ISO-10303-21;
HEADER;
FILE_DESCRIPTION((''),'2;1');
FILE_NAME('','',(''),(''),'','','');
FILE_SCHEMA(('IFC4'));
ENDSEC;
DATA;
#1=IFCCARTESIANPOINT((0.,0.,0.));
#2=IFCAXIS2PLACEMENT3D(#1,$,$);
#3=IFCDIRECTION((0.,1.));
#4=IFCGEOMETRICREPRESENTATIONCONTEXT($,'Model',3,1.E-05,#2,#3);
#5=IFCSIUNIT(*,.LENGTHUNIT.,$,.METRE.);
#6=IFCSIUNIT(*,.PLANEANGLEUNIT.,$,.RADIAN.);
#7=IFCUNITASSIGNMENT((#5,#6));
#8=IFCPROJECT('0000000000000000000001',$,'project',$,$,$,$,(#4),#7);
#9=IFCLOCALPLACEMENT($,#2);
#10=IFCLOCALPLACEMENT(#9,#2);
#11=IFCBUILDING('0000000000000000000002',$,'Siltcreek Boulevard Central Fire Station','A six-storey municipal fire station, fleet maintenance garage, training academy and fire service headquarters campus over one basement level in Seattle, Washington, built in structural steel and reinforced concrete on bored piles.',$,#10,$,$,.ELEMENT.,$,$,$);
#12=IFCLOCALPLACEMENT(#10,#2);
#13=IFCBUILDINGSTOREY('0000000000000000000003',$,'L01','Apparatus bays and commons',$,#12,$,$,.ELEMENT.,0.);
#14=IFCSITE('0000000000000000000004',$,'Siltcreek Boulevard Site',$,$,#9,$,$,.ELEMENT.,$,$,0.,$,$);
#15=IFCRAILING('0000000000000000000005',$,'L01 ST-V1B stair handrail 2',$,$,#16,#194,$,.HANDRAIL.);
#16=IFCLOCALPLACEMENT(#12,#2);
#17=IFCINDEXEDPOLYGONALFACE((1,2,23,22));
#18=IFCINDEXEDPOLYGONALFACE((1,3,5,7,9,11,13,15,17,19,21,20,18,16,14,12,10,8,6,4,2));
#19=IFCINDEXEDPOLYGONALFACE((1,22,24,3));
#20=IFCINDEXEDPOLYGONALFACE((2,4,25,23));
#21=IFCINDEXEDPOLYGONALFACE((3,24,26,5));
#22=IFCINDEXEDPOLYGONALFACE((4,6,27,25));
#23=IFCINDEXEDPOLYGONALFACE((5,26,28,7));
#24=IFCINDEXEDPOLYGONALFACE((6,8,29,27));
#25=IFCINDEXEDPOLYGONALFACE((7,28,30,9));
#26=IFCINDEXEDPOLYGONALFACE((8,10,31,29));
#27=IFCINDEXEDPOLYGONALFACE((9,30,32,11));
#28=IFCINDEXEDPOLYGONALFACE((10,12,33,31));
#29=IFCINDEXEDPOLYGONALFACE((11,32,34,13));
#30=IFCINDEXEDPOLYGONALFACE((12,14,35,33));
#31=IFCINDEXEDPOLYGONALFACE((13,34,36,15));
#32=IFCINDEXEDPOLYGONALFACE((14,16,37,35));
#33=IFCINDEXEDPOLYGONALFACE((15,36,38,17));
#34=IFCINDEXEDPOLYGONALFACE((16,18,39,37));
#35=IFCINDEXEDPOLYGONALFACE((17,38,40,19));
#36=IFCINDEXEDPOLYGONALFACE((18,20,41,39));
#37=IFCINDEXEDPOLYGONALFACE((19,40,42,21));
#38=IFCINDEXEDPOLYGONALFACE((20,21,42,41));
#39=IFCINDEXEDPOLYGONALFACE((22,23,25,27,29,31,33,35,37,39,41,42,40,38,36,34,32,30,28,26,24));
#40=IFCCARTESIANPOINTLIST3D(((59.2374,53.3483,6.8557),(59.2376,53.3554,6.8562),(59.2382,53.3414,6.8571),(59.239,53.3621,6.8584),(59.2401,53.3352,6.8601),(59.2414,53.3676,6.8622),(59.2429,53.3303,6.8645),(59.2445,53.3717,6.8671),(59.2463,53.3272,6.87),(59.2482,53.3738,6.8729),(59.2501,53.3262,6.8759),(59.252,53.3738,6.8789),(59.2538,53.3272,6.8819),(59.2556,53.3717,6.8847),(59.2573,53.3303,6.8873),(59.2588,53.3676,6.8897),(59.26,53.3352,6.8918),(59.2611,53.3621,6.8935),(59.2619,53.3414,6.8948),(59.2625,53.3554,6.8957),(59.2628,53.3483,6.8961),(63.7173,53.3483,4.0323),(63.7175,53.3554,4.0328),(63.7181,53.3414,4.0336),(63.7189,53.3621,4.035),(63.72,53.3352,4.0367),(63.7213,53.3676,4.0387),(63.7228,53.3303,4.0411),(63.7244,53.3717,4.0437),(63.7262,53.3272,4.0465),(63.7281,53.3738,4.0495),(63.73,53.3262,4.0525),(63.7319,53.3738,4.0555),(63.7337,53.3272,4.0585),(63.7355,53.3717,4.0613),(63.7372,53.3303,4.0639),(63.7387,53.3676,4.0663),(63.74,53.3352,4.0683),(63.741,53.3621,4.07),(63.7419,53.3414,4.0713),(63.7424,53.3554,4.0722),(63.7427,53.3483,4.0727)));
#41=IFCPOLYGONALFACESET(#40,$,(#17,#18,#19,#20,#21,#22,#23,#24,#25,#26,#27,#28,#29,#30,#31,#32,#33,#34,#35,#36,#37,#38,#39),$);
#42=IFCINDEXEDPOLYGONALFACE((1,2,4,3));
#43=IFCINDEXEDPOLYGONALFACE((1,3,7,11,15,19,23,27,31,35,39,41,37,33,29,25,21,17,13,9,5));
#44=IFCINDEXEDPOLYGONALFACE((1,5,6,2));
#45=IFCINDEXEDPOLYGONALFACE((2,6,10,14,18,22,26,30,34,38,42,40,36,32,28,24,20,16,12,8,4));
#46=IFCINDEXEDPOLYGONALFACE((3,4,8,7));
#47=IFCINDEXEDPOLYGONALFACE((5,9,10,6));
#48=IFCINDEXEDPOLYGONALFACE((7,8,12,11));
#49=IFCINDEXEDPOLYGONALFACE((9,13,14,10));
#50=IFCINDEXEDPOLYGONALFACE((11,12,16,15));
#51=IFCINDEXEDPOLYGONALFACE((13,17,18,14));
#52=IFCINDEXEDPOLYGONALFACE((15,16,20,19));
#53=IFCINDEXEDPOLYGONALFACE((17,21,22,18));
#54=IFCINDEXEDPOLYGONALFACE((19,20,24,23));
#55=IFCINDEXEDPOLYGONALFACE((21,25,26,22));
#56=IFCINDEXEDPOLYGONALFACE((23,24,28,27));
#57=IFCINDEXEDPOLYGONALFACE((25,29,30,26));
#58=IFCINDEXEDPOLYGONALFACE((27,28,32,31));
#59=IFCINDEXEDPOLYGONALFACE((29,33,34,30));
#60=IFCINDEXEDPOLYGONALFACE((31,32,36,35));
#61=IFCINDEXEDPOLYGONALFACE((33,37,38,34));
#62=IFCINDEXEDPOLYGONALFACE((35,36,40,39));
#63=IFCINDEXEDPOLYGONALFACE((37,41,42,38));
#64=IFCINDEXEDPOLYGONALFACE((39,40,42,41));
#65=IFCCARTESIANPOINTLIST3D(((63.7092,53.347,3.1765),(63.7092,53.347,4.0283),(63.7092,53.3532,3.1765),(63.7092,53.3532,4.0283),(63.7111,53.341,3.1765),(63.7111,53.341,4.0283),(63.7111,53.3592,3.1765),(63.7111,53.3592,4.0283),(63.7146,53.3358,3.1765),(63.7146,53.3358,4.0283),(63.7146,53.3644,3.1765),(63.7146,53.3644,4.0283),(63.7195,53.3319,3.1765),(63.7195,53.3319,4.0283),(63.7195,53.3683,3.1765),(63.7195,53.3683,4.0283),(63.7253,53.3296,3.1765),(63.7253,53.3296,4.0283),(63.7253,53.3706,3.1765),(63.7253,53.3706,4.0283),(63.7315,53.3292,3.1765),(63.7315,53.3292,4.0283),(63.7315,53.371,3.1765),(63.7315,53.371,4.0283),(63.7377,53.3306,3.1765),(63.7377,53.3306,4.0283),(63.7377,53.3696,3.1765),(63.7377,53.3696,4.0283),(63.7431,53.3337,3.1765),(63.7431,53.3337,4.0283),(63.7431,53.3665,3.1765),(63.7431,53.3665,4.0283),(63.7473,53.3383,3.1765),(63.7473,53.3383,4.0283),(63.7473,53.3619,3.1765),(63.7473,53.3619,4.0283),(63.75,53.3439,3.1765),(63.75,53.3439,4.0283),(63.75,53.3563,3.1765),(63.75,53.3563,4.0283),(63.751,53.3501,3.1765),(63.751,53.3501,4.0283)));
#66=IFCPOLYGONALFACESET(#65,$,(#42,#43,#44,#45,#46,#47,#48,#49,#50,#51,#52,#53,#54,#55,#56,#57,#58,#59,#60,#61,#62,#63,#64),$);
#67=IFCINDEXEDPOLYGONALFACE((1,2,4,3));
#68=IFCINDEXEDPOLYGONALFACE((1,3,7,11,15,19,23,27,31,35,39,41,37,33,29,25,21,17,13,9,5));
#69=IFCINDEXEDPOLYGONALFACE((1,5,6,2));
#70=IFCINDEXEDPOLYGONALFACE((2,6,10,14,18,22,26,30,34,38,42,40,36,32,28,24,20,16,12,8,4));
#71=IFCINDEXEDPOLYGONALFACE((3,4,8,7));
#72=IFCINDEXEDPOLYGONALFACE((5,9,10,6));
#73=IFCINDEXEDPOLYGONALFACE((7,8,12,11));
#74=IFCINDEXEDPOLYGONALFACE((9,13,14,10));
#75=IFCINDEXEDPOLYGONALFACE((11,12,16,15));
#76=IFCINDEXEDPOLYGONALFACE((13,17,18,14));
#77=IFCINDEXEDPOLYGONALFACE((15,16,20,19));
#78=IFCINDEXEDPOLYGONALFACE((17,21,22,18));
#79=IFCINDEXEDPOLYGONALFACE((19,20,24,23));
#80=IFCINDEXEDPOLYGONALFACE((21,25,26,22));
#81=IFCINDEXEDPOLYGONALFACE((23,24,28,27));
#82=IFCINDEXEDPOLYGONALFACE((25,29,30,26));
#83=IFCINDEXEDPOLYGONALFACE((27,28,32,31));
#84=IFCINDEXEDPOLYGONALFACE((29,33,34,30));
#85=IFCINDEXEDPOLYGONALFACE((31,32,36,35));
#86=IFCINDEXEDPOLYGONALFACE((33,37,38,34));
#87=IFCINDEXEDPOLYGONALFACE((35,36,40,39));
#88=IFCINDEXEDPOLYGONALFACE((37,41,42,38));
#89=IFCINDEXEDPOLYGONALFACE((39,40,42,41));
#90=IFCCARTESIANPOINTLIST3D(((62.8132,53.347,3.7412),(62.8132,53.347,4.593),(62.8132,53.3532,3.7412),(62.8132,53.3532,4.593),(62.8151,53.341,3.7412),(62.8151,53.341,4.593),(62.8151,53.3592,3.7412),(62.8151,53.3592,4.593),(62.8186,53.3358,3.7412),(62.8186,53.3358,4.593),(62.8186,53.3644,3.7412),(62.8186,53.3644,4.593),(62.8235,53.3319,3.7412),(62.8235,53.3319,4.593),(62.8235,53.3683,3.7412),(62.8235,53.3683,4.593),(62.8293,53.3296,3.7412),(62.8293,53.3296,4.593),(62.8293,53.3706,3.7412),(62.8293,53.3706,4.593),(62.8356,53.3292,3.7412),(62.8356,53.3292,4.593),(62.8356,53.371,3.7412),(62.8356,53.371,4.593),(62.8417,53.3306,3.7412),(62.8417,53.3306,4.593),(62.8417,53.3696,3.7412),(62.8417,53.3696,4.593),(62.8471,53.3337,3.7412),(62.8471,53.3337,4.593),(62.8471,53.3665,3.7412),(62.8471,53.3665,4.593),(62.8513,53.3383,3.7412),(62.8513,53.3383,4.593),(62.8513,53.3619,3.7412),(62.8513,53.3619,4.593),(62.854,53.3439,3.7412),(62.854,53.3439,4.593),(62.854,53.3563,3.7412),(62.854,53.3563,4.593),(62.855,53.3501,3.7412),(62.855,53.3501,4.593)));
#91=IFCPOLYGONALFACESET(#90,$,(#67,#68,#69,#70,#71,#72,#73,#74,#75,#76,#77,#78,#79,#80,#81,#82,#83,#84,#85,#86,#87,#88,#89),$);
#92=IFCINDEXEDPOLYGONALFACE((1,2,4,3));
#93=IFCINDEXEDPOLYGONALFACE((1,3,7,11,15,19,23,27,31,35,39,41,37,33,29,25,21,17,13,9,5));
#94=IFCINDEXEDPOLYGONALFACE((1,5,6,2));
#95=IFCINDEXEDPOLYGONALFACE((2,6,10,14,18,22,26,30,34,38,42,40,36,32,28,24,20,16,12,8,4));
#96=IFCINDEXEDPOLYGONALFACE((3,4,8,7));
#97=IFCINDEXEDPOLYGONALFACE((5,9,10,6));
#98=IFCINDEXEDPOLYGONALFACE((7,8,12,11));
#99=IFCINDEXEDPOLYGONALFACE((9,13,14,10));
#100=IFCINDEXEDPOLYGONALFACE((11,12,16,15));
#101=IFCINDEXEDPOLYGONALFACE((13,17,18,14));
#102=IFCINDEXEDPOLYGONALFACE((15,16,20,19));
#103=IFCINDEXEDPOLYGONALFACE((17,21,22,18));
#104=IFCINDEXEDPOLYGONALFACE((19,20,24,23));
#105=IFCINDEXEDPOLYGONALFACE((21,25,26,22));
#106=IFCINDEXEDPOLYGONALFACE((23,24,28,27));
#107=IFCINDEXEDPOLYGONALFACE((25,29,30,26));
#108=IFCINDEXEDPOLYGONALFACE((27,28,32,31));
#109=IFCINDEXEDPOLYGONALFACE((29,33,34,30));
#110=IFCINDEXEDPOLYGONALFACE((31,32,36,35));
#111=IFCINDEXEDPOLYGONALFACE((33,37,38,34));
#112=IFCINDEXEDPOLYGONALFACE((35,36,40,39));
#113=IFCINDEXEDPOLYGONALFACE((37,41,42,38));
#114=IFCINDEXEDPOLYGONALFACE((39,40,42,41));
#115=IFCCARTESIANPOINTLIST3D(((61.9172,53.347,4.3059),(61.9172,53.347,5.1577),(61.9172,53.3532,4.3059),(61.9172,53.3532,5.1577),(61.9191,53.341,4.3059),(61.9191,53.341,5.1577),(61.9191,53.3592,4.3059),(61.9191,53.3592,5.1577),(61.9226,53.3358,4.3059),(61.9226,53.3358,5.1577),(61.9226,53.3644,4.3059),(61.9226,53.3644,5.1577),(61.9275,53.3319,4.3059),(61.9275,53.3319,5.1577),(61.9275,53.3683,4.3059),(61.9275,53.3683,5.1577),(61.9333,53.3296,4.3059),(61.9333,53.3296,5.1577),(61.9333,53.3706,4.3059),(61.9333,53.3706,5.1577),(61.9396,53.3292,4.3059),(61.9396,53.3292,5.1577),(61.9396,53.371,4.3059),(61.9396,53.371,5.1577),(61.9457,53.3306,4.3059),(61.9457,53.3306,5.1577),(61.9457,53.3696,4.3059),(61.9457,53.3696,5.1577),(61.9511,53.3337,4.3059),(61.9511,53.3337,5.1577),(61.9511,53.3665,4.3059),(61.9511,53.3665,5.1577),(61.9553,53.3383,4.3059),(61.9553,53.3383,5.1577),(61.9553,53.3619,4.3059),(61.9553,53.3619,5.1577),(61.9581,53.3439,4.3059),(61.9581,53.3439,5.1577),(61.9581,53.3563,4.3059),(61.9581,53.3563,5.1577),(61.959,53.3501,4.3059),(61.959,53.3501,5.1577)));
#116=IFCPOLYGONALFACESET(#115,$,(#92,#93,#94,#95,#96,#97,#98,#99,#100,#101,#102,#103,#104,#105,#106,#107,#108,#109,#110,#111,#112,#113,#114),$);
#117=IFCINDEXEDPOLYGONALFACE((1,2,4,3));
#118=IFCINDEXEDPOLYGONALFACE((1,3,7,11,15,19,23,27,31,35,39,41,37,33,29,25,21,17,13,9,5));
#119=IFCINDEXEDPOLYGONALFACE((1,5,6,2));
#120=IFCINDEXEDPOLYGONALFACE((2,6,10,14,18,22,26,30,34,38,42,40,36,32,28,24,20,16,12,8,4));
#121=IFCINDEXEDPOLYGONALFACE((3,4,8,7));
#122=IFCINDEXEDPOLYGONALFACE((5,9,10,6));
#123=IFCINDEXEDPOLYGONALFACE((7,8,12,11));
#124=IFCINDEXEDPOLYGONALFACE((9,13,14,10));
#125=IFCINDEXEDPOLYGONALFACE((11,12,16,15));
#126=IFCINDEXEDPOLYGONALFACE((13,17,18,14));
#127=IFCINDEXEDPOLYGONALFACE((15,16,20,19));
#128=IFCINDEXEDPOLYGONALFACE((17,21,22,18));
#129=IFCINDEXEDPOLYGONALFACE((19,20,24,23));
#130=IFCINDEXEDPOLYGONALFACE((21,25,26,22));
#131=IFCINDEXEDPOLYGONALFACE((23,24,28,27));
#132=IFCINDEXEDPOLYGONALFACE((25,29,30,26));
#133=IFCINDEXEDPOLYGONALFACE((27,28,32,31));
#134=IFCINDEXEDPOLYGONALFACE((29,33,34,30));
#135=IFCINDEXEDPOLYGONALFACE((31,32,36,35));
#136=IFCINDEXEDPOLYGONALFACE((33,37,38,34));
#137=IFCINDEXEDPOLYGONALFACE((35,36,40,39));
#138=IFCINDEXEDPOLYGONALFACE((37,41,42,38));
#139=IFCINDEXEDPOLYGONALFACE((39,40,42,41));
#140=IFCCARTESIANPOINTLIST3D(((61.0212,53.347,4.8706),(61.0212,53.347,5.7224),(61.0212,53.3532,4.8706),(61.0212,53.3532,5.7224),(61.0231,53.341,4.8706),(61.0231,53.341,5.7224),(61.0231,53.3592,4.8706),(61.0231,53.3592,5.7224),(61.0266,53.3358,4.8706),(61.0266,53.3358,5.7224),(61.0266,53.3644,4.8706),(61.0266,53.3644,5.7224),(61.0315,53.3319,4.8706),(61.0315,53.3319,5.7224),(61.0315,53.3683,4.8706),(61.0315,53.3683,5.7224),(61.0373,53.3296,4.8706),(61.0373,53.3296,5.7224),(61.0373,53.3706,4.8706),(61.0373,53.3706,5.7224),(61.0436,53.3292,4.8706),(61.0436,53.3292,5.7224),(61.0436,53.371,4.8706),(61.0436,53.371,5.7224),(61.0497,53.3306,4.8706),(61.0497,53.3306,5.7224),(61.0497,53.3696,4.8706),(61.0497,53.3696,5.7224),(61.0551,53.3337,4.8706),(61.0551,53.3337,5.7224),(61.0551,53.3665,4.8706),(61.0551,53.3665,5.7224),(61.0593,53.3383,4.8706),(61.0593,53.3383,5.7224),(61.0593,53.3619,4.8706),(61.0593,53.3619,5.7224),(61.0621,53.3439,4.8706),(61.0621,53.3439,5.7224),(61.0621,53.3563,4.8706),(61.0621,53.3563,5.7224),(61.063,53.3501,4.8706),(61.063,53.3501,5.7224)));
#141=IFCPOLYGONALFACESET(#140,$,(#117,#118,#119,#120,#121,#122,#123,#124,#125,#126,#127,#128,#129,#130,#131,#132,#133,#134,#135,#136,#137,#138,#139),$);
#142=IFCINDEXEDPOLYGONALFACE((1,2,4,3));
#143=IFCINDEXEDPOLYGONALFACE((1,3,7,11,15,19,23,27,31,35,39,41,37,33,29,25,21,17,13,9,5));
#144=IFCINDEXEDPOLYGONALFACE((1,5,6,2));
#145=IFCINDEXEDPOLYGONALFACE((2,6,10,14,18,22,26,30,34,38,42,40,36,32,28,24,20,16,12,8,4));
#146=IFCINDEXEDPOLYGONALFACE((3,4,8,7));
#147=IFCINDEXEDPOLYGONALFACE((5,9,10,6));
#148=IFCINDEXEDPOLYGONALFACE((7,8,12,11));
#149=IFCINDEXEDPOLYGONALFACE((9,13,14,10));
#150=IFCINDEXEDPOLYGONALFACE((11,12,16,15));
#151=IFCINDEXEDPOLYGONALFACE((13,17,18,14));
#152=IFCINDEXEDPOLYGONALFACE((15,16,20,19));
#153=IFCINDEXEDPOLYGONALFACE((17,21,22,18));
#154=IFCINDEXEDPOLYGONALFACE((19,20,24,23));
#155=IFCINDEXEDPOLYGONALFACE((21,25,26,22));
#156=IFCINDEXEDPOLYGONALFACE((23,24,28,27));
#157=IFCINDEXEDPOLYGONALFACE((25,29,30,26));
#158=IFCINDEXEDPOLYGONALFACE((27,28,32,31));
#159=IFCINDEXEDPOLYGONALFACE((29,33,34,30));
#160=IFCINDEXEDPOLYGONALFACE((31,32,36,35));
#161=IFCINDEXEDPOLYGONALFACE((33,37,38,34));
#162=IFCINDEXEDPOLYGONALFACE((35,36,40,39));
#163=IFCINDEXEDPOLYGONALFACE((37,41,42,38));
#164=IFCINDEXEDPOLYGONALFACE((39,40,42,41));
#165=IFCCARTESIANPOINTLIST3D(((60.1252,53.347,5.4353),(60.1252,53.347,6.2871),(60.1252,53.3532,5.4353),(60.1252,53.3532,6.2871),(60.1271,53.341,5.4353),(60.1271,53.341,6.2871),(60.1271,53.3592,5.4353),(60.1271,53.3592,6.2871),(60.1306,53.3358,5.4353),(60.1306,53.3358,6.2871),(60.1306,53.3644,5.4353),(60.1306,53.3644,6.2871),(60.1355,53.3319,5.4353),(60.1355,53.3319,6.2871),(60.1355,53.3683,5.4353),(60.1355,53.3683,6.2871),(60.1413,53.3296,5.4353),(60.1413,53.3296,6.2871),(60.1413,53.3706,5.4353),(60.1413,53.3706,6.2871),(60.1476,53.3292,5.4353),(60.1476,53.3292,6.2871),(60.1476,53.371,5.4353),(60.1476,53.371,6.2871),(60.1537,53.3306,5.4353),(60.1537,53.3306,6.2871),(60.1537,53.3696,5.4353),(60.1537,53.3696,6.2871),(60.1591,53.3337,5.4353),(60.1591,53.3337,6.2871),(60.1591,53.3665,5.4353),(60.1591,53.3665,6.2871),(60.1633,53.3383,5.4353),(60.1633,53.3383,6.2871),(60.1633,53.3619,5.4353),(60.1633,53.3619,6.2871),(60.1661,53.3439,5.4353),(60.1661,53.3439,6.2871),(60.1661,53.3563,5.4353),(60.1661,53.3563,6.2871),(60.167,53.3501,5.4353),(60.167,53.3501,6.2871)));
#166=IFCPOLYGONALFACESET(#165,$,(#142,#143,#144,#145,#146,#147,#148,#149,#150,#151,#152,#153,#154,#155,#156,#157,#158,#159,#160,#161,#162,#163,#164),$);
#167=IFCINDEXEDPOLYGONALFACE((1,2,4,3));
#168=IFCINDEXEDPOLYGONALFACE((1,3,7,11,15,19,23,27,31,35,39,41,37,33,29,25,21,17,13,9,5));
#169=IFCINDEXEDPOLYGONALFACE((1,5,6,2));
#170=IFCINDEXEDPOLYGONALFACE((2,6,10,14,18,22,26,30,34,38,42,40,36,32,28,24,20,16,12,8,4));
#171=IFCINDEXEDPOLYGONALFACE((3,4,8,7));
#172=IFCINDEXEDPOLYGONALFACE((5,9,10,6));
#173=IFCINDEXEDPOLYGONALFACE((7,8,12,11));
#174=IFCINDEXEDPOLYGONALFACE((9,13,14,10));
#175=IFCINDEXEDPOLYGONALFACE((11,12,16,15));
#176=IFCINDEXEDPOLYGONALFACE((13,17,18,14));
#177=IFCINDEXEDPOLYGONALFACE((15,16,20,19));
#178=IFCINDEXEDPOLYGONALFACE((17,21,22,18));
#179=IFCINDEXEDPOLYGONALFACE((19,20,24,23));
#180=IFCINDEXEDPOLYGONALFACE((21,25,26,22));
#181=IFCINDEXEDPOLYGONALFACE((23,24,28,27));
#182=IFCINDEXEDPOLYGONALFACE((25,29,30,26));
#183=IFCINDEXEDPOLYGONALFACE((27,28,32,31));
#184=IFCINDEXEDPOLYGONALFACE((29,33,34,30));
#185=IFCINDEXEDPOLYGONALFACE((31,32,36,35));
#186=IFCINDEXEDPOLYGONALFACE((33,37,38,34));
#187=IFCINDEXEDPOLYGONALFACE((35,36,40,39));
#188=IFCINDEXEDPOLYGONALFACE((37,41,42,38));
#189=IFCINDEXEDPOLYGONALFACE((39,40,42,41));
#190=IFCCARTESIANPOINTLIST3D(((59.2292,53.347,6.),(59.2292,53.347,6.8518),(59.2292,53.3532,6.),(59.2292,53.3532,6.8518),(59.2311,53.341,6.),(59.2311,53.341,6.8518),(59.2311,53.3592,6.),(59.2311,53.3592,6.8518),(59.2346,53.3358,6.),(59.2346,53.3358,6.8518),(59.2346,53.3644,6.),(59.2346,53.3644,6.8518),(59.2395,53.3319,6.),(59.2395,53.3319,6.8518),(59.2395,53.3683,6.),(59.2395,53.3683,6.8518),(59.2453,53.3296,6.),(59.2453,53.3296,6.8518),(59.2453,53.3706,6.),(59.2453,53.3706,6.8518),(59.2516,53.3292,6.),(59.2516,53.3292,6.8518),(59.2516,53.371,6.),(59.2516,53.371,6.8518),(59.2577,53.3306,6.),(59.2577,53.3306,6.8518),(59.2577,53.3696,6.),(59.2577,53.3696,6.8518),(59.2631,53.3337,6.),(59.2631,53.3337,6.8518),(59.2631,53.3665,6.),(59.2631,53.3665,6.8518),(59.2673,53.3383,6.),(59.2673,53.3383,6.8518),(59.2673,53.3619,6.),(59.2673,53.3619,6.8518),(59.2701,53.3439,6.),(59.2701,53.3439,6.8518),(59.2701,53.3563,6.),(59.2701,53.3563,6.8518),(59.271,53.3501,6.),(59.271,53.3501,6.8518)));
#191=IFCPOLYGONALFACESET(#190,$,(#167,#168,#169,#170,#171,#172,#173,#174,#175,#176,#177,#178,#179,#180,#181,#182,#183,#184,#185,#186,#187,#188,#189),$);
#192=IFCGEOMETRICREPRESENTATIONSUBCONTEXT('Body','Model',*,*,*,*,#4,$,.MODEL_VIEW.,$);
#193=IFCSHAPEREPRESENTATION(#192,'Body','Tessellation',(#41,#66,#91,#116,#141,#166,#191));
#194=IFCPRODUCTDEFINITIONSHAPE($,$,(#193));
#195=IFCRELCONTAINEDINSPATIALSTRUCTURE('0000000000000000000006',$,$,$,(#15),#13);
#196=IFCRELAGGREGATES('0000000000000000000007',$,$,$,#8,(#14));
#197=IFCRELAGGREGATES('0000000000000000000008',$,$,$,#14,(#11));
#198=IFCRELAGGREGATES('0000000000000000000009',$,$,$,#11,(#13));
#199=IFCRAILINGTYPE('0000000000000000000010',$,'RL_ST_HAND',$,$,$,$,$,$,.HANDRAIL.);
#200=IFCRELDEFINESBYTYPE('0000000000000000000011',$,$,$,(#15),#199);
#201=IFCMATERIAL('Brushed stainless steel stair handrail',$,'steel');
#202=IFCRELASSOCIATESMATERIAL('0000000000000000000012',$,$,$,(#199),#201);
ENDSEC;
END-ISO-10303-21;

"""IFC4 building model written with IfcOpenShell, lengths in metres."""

from ifc_helpers import new_model, si_unit, direction, frame, origin, origin_2d, place, context, subcontext, project, spatial, circle, extrude, material, type_object, element, save


model = new_model("IFC4")

# Units and contexts
model_context = context("Model", 3, precision=1e-05, world=origin(), true_north=direction((0.0, 1.0)))
body_context = subcontext(model_context, "Body", "Model", "MODEL_VIEW")
ifc_project = project(units=[si_unit("LENGTHUNIT", "METRE"), si_unit("PLANEANGLEUNIT", "RADIAN")], contexts=[model_context])

# Site, building, storey
site_placement = place(None, origin())
site = spatial("IfcSite", under=ifc_project, at=site_placement, Name="Siltcreek Boulevard Site", CompositionType="ELEMENT", RefElevation=0.0)
building_placement = place(site_placement, origin())
building = spatial("IfcBuilding", under=site, at=building_placement, Name="Siltcreek Boulevard Central Fire Station", Description="A six-storey municipal fire station, fleet maintenance garage, training academy and fire service headquarters campus over one basement level in Seattle, Washington, built in structural steel and reinforced concrete on bored piles.", CompositionType="ELEMENT")
storey_placement = place(building_placement, origin())
storey = spatial("IfcBuildingStorey", under=building, at=storey_placement, Name="L01", Description="Apparatus bays and commons", CompositionType="ELEMENT", Elevation=0.0)

# Railing
ifc_material_1 = material(Name="Brushed stainless steel stair handrail", Category="steel")
railing_type_1 = type_object("IfcRailingType", Name="RL_ST_HAND", PredefinedType="HANDRAIL", material=ifc_material_1)
railing_1_placement = place(storey_placement, frame((63.73, 53.3501, 3.1765)))
element("IfcRailing", 1, at=railing_1_placement, inside=storey, type_object=railing_type_1, Name="L01 ST-V1B stair handrail 2", PredefinedType="HANDRAIL", context=body_context, shape_type="SweptSolid", body=[
    extrude(circle(Radius=0.0239, at=origin_2d()), frame((0.0, 0.0, 0.876), z_axis=(-0.845998, 0.0, 0.533186), x_axis=(0.0, -1.0, 0.0)), (0.0, 0.0, 1.0), 5.2954),
    extrude(circle(Radius=0.021, at=origin_2d()), origin(), (0.0, 0.0, 1.0), 0.8518),
    extrude(circle(Radius=0.021, at=origin_2d()), frame((-0.896, 0.0, 0.5647)), (0.0, 0.0, 1.0), 0.8518),
    extrude(circle(Radius=0.021, at=origin_2d()), frame((-1.792, 0.0, 1.1294)), (0.0, 0.0, 1.0), 0.8518),
    extrude(circle(Radius=0.021, at=origin_2d()), frame((-2.688, 0.0, 1.6941)), (0.0, 0.0, 1.0), 0.8518),
    extrude(circle(Radius=0.021, at=origin_2d()), frame((-3.584, 0.0, 2.2588)), (0.0, 0.0, 1.0), 0.8518),
    extrude(circle(Radius=0.021, at=origin_2d()), frame((-4.48, 0.0, 2.8235)), (0.0, 0.0, 1.0), 0.8518),
])

save(model, "model.ifc")
